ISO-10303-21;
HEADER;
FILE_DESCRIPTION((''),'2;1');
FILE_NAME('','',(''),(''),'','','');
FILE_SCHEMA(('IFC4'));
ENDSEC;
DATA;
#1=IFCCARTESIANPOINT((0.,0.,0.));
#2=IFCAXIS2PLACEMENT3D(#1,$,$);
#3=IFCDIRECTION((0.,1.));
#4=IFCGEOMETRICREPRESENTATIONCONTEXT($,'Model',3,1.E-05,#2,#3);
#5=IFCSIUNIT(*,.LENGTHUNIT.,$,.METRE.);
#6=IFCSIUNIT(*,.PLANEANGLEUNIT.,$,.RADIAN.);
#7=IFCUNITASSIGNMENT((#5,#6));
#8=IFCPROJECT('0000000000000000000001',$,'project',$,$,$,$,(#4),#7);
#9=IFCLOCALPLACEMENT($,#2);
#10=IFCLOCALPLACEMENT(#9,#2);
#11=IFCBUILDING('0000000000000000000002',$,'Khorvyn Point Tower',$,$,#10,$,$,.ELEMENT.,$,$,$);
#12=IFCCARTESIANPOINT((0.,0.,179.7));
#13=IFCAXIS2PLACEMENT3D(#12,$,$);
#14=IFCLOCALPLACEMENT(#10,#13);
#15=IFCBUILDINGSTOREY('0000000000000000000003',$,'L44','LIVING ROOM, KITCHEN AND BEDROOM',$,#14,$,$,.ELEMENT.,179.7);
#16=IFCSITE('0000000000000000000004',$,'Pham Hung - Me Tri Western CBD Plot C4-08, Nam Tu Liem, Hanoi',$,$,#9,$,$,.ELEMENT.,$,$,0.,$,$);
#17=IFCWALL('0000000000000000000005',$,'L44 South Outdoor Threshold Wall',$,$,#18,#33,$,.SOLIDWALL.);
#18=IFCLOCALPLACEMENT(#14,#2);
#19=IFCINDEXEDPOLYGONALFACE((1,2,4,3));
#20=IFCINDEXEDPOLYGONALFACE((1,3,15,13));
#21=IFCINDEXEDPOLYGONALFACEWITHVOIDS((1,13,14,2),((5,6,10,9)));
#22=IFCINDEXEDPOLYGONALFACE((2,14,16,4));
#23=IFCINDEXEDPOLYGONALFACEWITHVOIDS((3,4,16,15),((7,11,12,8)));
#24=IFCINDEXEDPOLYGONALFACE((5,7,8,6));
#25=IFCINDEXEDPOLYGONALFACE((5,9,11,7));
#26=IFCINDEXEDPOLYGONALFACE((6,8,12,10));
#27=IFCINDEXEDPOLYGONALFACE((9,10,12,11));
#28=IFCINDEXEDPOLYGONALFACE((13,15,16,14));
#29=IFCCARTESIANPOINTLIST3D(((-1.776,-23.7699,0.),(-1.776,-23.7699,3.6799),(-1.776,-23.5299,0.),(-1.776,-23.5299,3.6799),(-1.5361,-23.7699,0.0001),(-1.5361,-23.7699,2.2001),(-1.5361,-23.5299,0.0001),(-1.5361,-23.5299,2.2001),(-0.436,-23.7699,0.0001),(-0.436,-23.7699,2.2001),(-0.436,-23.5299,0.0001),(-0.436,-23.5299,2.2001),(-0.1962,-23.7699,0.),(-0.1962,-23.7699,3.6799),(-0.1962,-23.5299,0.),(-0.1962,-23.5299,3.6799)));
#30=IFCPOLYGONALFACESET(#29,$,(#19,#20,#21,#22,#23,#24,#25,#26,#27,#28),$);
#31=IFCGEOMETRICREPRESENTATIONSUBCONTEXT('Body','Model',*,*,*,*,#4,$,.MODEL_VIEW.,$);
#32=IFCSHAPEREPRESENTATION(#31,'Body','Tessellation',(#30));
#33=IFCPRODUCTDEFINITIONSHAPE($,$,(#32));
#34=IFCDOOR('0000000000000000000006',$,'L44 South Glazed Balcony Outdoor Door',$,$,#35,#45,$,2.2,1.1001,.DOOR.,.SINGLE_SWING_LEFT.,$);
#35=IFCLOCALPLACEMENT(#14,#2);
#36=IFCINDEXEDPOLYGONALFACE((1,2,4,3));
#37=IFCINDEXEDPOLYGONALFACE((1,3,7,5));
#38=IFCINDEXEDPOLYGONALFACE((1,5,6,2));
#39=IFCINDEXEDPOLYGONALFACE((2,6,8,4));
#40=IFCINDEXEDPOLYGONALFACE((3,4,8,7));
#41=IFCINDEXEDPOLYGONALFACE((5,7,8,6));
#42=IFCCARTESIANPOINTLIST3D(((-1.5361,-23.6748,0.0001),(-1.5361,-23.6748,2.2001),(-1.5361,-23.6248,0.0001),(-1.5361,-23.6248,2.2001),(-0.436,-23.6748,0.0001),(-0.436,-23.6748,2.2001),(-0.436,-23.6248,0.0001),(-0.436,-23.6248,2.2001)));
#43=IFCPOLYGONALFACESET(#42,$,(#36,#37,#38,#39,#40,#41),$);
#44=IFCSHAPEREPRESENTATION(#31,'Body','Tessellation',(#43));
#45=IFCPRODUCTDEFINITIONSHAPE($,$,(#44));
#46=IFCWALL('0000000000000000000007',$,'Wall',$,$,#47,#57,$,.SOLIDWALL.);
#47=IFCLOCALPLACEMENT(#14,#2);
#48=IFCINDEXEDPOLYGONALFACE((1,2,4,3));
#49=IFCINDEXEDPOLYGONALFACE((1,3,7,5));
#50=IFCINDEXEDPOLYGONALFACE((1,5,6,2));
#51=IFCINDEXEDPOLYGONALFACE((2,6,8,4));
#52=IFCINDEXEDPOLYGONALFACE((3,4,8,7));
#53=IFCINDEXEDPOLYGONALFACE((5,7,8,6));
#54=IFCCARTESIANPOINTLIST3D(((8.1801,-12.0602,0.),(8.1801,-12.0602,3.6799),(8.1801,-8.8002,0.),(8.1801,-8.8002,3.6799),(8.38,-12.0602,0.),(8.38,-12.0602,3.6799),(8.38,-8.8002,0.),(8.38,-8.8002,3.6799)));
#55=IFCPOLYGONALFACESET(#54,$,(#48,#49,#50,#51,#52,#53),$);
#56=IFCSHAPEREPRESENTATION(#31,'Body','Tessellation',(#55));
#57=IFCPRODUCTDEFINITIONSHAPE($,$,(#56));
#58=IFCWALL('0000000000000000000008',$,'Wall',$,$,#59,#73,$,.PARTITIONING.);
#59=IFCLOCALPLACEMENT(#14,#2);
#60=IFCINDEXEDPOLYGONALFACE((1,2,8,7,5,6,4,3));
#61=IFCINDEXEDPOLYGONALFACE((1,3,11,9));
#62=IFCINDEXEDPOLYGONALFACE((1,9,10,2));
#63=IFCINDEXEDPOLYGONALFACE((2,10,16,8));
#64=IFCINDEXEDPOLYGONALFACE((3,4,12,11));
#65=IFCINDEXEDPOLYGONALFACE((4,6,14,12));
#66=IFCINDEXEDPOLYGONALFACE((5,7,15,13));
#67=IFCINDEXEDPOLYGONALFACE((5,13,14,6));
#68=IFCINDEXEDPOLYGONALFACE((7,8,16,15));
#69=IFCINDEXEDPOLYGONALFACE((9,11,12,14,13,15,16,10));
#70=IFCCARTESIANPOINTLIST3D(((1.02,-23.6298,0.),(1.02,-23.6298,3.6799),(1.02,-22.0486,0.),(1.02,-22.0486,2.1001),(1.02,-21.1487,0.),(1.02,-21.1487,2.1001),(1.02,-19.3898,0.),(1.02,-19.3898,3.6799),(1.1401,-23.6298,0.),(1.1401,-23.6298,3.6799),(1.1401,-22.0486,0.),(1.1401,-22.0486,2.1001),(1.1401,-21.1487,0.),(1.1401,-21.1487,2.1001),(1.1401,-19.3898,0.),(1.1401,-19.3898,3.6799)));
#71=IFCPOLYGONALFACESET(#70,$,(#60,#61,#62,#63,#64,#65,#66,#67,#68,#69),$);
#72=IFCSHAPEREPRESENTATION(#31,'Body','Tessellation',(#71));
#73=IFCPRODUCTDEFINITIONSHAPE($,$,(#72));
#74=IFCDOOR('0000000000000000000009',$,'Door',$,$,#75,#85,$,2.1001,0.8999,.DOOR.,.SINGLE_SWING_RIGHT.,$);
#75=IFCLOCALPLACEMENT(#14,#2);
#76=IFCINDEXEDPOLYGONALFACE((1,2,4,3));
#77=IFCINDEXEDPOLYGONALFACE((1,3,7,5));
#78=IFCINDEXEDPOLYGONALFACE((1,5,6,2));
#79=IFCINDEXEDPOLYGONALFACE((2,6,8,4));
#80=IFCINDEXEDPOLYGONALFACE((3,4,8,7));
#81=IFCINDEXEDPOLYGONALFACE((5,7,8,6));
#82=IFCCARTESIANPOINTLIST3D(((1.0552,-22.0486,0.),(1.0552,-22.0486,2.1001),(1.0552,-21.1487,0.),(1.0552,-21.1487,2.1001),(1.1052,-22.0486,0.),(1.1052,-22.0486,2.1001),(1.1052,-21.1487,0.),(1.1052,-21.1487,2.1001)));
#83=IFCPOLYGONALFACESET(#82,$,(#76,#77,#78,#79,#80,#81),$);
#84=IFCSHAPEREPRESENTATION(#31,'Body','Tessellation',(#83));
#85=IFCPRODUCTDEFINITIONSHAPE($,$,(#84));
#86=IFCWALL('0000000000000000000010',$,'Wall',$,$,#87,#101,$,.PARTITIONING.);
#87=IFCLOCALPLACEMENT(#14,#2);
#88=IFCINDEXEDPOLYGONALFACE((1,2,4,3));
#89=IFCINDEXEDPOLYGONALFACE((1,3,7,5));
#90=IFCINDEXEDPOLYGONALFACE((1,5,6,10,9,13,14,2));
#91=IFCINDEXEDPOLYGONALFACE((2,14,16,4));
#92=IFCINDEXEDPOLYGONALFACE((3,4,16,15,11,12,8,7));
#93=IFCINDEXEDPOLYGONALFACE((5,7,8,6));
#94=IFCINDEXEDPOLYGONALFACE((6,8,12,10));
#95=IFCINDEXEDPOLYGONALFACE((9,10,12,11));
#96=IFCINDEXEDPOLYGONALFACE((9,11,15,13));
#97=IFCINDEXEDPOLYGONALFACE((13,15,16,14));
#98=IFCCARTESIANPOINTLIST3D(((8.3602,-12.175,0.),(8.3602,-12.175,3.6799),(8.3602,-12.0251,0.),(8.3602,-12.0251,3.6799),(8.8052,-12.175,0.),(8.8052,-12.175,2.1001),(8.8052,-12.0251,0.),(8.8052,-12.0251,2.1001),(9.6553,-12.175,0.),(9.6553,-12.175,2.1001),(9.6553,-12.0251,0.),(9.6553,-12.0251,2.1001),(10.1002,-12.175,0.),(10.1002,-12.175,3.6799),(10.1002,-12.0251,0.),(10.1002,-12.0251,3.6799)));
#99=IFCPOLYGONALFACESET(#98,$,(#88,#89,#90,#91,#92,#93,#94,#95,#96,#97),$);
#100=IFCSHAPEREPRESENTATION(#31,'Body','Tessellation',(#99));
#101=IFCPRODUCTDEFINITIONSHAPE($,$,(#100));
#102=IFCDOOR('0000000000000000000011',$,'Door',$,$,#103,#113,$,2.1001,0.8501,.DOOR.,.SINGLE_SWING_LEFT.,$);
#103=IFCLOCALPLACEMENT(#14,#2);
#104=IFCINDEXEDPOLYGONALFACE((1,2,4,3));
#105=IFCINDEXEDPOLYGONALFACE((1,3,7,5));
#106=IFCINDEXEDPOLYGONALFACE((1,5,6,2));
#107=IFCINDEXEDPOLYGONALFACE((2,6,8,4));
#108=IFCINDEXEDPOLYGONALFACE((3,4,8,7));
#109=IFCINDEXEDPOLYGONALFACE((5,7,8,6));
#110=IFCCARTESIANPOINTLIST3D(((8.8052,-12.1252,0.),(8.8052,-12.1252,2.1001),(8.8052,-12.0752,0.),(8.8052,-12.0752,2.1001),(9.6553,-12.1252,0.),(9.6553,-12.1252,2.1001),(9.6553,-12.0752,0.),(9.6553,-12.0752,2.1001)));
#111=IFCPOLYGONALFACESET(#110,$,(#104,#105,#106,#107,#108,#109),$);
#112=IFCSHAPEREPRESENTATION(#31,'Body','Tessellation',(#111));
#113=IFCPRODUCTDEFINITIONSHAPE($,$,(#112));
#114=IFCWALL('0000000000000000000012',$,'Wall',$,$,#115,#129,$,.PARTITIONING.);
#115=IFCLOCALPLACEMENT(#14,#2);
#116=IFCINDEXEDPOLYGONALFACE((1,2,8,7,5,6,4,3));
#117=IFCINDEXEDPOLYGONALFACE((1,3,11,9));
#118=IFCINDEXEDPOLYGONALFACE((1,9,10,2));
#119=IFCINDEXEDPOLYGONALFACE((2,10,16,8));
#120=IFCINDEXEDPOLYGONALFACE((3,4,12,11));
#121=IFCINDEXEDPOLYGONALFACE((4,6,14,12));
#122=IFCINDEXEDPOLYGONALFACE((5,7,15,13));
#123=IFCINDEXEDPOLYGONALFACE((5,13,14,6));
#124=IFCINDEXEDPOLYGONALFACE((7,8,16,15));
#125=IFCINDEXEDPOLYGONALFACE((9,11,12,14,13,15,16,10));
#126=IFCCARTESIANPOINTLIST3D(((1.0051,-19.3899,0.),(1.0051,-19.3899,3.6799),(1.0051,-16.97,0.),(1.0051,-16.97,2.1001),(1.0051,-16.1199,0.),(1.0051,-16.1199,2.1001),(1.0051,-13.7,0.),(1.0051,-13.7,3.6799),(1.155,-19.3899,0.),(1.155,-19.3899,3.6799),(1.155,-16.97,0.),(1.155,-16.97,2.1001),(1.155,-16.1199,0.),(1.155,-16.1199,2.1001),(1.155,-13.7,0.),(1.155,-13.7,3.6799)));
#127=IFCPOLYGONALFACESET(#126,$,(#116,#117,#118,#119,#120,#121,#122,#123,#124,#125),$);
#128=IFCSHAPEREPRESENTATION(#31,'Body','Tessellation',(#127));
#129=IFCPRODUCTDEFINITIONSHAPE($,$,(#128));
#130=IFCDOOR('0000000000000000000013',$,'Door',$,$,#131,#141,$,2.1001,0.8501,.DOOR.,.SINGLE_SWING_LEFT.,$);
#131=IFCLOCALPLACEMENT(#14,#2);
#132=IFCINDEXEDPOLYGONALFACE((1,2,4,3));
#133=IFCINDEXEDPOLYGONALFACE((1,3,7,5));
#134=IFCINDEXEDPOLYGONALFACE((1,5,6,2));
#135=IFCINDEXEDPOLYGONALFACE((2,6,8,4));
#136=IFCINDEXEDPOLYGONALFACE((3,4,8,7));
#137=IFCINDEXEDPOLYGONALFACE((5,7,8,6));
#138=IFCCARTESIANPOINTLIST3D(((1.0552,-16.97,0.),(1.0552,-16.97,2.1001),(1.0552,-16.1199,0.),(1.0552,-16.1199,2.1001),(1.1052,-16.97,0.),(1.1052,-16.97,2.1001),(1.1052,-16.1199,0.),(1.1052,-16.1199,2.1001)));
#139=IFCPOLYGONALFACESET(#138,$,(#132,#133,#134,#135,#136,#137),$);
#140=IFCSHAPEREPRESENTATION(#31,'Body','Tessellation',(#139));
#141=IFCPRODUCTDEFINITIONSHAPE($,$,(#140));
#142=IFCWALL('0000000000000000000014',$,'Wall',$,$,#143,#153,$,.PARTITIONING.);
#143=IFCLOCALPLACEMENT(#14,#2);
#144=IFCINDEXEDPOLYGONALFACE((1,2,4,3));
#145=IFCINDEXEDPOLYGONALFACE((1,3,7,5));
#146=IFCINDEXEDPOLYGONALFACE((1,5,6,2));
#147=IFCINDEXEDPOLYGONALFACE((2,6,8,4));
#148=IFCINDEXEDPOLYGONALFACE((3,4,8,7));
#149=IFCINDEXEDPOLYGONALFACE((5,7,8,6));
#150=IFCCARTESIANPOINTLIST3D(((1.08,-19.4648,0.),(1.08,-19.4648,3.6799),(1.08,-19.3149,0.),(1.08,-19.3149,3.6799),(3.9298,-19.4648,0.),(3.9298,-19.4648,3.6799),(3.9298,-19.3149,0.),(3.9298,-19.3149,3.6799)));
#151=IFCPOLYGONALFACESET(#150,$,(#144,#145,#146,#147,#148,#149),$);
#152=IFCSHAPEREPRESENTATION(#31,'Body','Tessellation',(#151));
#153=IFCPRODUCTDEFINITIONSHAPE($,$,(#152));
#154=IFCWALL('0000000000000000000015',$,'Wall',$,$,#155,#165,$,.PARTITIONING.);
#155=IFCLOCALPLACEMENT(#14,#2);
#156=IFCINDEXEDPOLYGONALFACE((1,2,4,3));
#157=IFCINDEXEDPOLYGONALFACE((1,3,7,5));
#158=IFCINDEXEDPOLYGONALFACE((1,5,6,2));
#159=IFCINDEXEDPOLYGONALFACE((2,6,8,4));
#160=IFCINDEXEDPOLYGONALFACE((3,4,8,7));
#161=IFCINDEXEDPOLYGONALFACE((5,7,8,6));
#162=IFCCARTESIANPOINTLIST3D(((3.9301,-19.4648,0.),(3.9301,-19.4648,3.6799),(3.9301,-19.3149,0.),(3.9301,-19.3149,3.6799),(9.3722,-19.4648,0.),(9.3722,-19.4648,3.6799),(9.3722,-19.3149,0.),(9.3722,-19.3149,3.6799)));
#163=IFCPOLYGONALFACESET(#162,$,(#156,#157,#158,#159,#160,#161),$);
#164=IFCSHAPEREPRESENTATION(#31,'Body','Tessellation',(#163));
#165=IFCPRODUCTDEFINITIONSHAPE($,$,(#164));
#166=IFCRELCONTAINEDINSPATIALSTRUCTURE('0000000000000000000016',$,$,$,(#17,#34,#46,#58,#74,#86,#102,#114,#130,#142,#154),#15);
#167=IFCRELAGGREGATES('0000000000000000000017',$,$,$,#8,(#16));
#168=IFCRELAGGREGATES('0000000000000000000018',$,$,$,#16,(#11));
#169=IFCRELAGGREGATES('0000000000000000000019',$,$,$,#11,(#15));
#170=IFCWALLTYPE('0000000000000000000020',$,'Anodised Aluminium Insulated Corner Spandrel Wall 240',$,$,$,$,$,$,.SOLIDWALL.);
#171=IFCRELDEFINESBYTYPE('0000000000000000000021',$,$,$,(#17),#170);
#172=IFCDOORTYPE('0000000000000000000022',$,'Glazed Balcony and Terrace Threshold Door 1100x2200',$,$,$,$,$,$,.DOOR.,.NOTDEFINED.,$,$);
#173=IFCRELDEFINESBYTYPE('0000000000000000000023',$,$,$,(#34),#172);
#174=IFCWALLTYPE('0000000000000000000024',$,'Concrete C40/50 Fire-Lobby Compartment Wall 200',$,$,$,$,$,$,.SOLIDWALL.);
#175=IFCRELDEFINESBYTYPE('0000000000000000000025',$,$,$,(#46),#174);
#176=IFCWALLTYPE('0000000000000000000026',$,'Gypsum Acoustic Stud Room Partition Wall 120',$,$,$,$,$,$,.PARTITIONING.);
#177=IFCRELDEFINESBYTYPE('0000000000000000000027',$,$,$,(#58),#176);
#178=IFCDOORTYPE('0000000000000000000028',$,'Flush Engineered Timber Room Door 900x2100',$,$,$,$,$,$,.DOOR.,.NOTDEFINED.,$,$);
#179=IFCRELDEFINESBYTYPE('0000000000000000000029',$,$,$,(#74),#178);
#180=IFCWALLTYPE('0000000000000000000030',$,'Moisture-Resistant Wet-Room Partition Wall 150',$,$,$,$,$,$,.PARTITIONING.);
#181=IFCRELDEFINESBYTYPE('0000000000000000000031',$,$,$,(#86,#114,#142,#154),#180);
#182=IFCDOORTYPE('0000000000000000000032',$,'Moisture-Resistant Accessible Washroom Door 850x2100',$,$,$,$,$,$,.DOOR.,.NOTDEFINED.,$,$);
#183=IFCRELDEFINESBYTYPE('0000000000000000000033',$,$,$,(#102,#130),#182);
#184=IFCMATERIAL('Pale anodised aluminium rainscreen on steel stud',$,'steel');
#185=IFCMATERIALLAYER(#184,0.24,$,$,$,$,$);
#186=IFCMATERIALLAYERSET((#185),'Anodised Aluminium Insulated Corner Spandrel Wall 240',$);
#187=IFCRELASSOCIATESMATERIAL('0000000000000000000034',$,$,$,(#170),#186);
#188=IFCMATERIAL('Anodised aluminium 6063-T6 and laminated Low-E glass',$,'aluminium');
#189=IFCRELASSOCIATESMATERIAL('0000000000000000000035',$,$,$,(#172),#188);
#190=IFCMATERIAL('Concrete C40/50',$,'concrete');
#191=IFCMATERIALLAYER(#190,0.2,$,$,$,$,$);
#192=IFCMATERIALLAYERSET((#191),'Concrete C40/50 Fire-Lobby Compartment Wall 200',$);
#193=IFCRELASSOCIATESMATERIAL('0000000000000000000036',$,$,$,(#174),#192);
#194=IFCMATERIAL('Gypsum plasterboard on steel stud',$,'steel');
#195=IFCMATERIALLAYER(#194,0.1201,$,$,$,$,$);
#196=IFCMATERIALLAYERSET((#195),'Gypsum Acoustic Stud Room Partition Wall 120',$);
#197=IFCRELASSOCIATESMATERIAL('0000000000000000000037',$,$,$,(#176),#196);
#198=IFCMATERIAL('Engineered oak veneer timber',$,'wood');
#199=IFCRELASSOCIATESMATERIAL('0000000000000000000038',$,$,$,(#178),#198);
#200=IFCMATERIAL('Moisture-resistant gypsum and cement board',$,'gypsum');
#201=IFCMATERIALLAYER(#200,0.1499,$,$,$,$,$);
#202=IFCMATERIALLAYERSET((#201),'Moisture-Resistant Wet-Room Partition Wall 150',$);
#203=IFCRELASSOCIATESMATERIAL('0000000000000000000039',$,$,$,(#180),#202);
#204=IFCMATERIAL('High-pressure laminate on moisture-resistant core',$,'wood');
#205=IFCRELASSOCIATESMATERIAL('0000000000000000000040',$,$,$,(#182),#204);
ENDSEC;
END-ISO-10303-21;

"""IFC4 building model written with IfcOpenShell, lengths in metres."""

from ifc_helpers import new_model, si_unit, direction, frame, frame_2d, origin, place, context, subcontext, project, spatial, rectangle, extrude, material, layer, layer_set, type_object, element, fill, save


model = new_model("IFC4")

# Units and contexts
model_context = context("Model", 3, precision=1e-05, world=origin(), true_north=direction((0.0, 1.0)))
body_context = subcontext(model_context, "Body", "Model", "MODEL_VIEW")
ifc_project = project(units=[si_unit("LENGTHUNIT", "METRE"), si_unit("PLANEANGLEUNIT", "RADIAN")], contexts=[model_context])

# Site, building, storey
site_placement = place(None, origin())
site = spatial("IfcSite", under=ifc_project, at=site_placement, Name="Pham Hung - Me Tri Western CBD Plot C4-08, Nam Tu Liem, Hanoi", CompositionType="ELEMENT", RefElevation=0.0)
building_placement = place(site_placement, origin())
building = spatial("IfcBuilding", under=site, at=building_placement, Name="Khorvyn Point Tower", CompositionType="ELEMENT")
storey_placement = place(building_placement, frame((0.0, 0.0, 179.7)))
storey = spatial("IfcBuildingStorey", under=building, at=storey_placement, Name="L44", Description="LIVING ROOM, KITCHEN AND BEDROOM", CompositionType="ELEMENT", Elevation=179.7)

# Shared definitions
ifc_material_1 = material(Name="Anodised aluminium 6063-T6 and laminated Low-E glass", Category="aluminium")

# Wall, opening, door
ifc_material_2 = material(Name="Pale anodised aluminium rainscreen on steel stud", Category="steel")
ifc_layer_1 = layer(ifc_material_2, 0.24)
ifc_layer_set_1 = layer_set([ifc_layer_1], Name="Anodised Aluminium Insulated Corner Spandrel Wall 240")
wall_type_1 = type_object("IfcWallType", Name="Anodised Aluminium Insulated Corner Spandrel Wall 240", PredefinedType="SOLIDWALL", material=ifc_layer_set_1)
wall_1_placement = place(storey_placement, frame((-0.196, -23.6499, 0.0), z_axis=(0.0, 0.0, 1.0), x_axis=(-1.0, 0.0, 0.0)))
wall_1 = element("IfcWall", 1, at=wall_1_placement, inside=storey, type_object=wall_type_1, Name="L44 South Outdoor Threshold Wall", PredefinedType="SOLIDWALL", context=body_context, shape_type="SweptSolid", body=[
    extrude(rectangle(XDim=1.5798, YDim=0.24, at=frame_2d((0.79, 0.0))), origin(), (0.0, 0.0, 1.0), 3.6799),
])
opening_1_placement = place(wall_1_placement, frame((0.24, 0.0, 0.0)))
opening_1 = element("IfcOpeningElement", 2, at=opening_1_placement, cuts=wall_1, PredefinedType="OPENING", context=body_context, shape_type="SweptSolid", body=[
    extrude(rectangle(XDim=1.1001, YDim=2.2, at=frame_2d((0.55, 1.1001))), frame((0.0, 0.1299, 0.0), z_axis=(0.0, -1.0, 0.0), x_axis=(1.0, 0.0, 0.0)), (0.0, 0.0, 1.0), 0.26),
])
door_type_1 = type_object("IfcDoorType", Name="Glazed Balcony and Terrace Threshold Door 1100x2200", OperationType="NOTDEFINED", PredefinedType="DOOR", material=ifc_material_1)
door_1_placement = place(opening_1_placement, origin())
door_1 = element("IfcDoor", 3, at=door_1_placement, inside=storey, type_object=door_type_1, Name="L44 South Glazed Balcony Outdoor Door", OperationType="SINGLE_SWING_LEFT", OverallHeight=2.2, OverallWidth=1.1001, PredefinedType="DOOR", context=body_context, shape_type="SweptSolid", body=[
    extrude(rectangle(XDim=1.1001, YDim=2.2, at=frame_2d((0.55, 1.1001))), frame((0.0, 0.0249, 0.0), z_axis=(0.0, -1.0, 0.0), x_axis=(1.0, 0.0, 0.0)), (0.0, 0.0, 1.0), 0.05),
])
fill(opening_1, door_1)
ifc_material_3 = material(Name="Concrete C40/50", Category="concrete")
ifc_layer_2 = layer(ifc_material_3, 0.2)
ifc_layer_set_2 = layer_set([ifc_layer_2], Name="Concrete C40/50 Fire-Lobby Compartment Wall 200")
wall_type_2 = type_object("IfcWallType", Name="Concrete C40/50 Fire-Lobby Compartment Wall 200", PredefinedType="SOLIDWALL", material=ifc_layer_set_2)

# Wall
wall_2_placement = place(storey_placement, frame((8.28, -12.0601, 0.0), z_axis=(0.0, 0.0, 1.0), x_axis=(0.0, 1.0, 0.0)))
element("IfcWall", 4, at=wall_2_placement, inside=storey, type_object=wall_type_2, Name="Wall", PredefinedType="SOLIDWALL", context=body_context, shape_type="SweptSolid", body=[
    extrude(rectangle(XDim=3.26, YDim=0.2, at=frame_2d((1.6299, 0.0))), origin(), (0.0, 0.0, 1.0), 3.6799),
])

# Walls, openings, doors
ifc_material_4 = material(Name="Gypsum plasterboard on steel stud", Category="steel")
ifc_layer_3 = layer(ifc_material_4, 0.1201)
ifc_layer_set_3 = layer_set([ifc_layer_3], Name="Gypsum Acoustic Stud Room Partition Wall 120")
wall_type_3 = type_object("IfcWallType", Name="Gypsum Acoustic Stud Room Partition Wall 120", PredefinedType="PARTITIONING", material=ifc_layer_set_3)
wall_3_placement = place(storey_placement, frame((1.0801, -23.6299, 0.0), z_axis=(0.0, 0.0, 1.0), x_axis=(0.0, 1.0, 0.0)))
wall_3 = element("IfcWall", 5, at=wall_3_placement, inside=storey, type_object=wall_type_3, Name="Wall", PredefinedType="PARTITIONING", context=body_context, shape_type="SweptSolid", body=[
    extrude(rectangle(XDim=4.24, YDim=0.1201, at=frame_2d((2.1201, 0.0))), origin(), (0.0, 0.0, 1.0), 3.6799),
])
opening_2_placement = place(wall_3_placement, frame((1.5813, 0.0, 0.0)))
opening_2 = element("IfcOpeningElement", 6, at=opening_2_placement, cuts=wall_3, PredefinedType="OPENING", context=body_context, shape_type="SweptSolid", body=[
    extrude(rectangle(XDim=0.8999, YDim=2.1001, at=frame_2d((0.45, 1.05))), frame((0.0, 0.0701, 0.0), z_axis=(0.0, -1.0, 0.0), x_axis=(1.0, 0.0, 0.0)), (0.0, 0.0, 1.0), 0.1401),
])
ifc_material_5 = material(Name="Engineered oak veneer timber", Category="wood")
door_type_2 = type_object("IfcDoorType", Name="Flush Engineered Timber Room Door 900x2100", OperationType="NOTDEFINED", PredefinedType="DOOR", material=ifc_material_5)
door_2_placement = place(opening_2_placement, origin())
door_2 = element("IfcDoor", 7, at=door_2_placement, inside=storey, type_object=door_type_2, Name="Door", OperationType="SINGLE_SWING_RIGHT", OverallHeight=2.1001, OverallWidth=0.8999, PredefinedType="DOOR", context=body_context, shape_type="SweptSolid", body=[
    extrude(rectangle(XDim=0.8999, YDim=2.1001, at=frame_2d((0.45, 1.05))), frame((0.0, 0.0249, 0.0), z_axis=(0.0, -1.0, 0.0), x_axis=(1.0, 0.0, 0.0)), (0.0, 0.0, 1.0), 0.05),
])
fill(opening_2, door_2)
ifc_material_6 = material(Name="Moisture-resistant gypsum and cement board", Category="gypsum")
ifc_layer_4 = layer(ifc_material_6, 0.1499)
ifc_layer_set_4 = layer_set([ifc_layer_4], Name="Moisture-Resistant Wet-Room Partition Wall 150")
wall_type_4 = type_object("IfcWallType", Name="Moisture-Resistant Wet-Room Partition Wall 150", PredefinedType="PARTITIONING", material=ifc_layer_set_4)
wall_4_placement = place(storey_placement, frame((8.3601, -12.1001, 0.0), z_axis=(0.0, 0.0, 1.0), x_axis=(1.0, 0.0, 0.0)))
wall_4 = element("IfcWall", 8, at=wall_4_placement, inside=storey, type_object=wall_type_4, Name="Wall", PredefinedType="PARTITIONING", context=body_context, shape_type="SweptSolid", body=[
    extrude(rectangle(XDim=1.74, YDim=0.1499, at=frame_2d((0.8701, 0.0))), origin(), (0.0, 0.0, 1.0), 3.6799),
])
opening_3_placement = place(wall_4_placement, frame((0.4451, 0.0, 0.0)))
opening_3 = element("IfcOpeningElement", 9, at=opening_3_placement, cuts=wall_4, PredefinedType="OPENING", context=body_context, shape_type="SweptSolid", body=[
    extrude(rectangle(XDim=0.8501, YDim=2.1001, at=frame_2d((0.425, 1.05))), frame((0.0, 0.085, 0.0), z_axis=(0.0, -1.0, 0.0), x_axis=(1.0, 0.0, 0.0)), (0.0, 0.0, 1.0), 0.1699),
])
ifc_material_7 = material(Name="High-pressure laminate on moisture-resistant core", Category="wood")
door_type_3 = type_object("IfcDoorType", Name="Moisture-Resistant Accessible Washroom Door 850x2100", OperationType="NOTDEFINED", PredefinedType="DOOR", material=ifc_material_7)
door_3_placement = place(opening_3_placement, origin())
door_3 = element("IfcDoor", 10, at=door_3_placement, inside=storey, type_object=door_type_3, Name="Door", OperationType="SINGLE_SWING_LEFT", OverallHeight=2.1001, OverallWidth=0.8501, PredefinedType="DOOR", context=body_context, shape_type="SweptSolid", body=[
    extrude(rectangle(XDim=0.8501, YDim=2.1001, at=frame_2d((0.425, 1.05))), frame((0.0, 0.0249, 0.0), z_axis=(0.0, -1.0, 0.0), x_axis=(1.0, 0.0, 0.0)), (0.0, 0.0, 1.0), 0.05),
])
fill(opening_3, door_3)
wall_5_placement = place(storey_placement, frame((1.0801, -19.3899, 0.0), z_axis=(0.0, 0.0, 1.0), x_axis=(0.0, 1.0, 0.0)))
wall_5 = element("IfcWall", 11, at=wall_5_placement, inside=storey, type_object=wall_type_4, Name="Wall", PredefinedType="PARTITIONING", context=body_context, shape_type="SweptSolid", body=[
    extrude(rectangle(XDim=5.6899, YDim=0.1499, at=frame_2d((2.845, 0.0))), origin(), (0.0, 0.0, 1.0), 3.6799),
])
opening_4_placement = place(wall_5_placement, frame((2.4199, 0.0, 0.0)))
opening_4 = element("IfcOpeningElement", 12, at=opening_4_placement, cuts=wall_5, PredefinedType="OPENING", context=body_context, shape_type="SweptSolid", body=[
    extrude(rectangle(XDim=0.8501, YDim=2.1001, at=frame_2d((0.425, 1.05))), frame((0.0, 0.085, 0.0), z_axis=(0.0, -1.0, 0.0), x_axis=(1.0, 0.0, 0.0)), (0.0, 0.0, 1.0), 0.1699),
])
door_4_placement = place(opening_4_placement, origin())
door_4 = element("IfcDoor", 13, at=door_4_placement, inside=storey, type_object=door_type_3, Name="Door", OperationType="SINGLE_SWING_LEFT", OverallHeight=2.1001, OverallWidth=0.8501, PredefinedType="DOOR", context=body_context, shape_type="SweptSolid", body=[
    extrude(rectangle(XDim=0.8501, YDim=2.1001, at=frame_2d((0.425, 1.05))), frame((0.0, 0.0249, 0.0), z_axis=(0.0, -1.0, 0.0), x_axis=(1.0, 0.0, 0.0)), (0.0, 0.0, 1.0), 0.05),
])
fill(opening_4, door_4)

# Walls
wall_6_placement = place(storey_placement, frame((1.0801, -19.3899, 0.0), z_axis=(0.0, 0.0, 1.0), x_axis=(1.0, 0.0, 0.0)))
element("IfcWall", 14, at=wall_6_placement, inside=storey, type_object=wall_type_4, Name="Wall", PredefinedType="PARTITIONING", context=body_context, shape_type="SweptSolid", body=[
    extrude(rectangle(XDim=2.8499, YDim=0.1499, at=frame_2d((1.4248, 0.0))), origin(), (0.0, 0.0, 1.0), 3.6799),
])
wall_7_placement = place(storey_placement, frame((3.9299, -19.3899, 0.0), z_axis=(0.0, 0.0, 1.0), x_axis=(1.0, 0.0, 0.0)))
element("IfcWall", 15, at=wall_7_placement, inside=storey, type_object=wall_type_4, Name="Wall", PredefinedType="PARTITIONING", context=body_context, shape_type="SweptSolid", body=[
    extrude(rectangle(XDim=5.4421, YDim=0.1499, at=frame_2d((2.7212, 0.0))), origin(), (0.0, 0.0, 1.0), 3.6799),
])

save(model, "model.ifc")
